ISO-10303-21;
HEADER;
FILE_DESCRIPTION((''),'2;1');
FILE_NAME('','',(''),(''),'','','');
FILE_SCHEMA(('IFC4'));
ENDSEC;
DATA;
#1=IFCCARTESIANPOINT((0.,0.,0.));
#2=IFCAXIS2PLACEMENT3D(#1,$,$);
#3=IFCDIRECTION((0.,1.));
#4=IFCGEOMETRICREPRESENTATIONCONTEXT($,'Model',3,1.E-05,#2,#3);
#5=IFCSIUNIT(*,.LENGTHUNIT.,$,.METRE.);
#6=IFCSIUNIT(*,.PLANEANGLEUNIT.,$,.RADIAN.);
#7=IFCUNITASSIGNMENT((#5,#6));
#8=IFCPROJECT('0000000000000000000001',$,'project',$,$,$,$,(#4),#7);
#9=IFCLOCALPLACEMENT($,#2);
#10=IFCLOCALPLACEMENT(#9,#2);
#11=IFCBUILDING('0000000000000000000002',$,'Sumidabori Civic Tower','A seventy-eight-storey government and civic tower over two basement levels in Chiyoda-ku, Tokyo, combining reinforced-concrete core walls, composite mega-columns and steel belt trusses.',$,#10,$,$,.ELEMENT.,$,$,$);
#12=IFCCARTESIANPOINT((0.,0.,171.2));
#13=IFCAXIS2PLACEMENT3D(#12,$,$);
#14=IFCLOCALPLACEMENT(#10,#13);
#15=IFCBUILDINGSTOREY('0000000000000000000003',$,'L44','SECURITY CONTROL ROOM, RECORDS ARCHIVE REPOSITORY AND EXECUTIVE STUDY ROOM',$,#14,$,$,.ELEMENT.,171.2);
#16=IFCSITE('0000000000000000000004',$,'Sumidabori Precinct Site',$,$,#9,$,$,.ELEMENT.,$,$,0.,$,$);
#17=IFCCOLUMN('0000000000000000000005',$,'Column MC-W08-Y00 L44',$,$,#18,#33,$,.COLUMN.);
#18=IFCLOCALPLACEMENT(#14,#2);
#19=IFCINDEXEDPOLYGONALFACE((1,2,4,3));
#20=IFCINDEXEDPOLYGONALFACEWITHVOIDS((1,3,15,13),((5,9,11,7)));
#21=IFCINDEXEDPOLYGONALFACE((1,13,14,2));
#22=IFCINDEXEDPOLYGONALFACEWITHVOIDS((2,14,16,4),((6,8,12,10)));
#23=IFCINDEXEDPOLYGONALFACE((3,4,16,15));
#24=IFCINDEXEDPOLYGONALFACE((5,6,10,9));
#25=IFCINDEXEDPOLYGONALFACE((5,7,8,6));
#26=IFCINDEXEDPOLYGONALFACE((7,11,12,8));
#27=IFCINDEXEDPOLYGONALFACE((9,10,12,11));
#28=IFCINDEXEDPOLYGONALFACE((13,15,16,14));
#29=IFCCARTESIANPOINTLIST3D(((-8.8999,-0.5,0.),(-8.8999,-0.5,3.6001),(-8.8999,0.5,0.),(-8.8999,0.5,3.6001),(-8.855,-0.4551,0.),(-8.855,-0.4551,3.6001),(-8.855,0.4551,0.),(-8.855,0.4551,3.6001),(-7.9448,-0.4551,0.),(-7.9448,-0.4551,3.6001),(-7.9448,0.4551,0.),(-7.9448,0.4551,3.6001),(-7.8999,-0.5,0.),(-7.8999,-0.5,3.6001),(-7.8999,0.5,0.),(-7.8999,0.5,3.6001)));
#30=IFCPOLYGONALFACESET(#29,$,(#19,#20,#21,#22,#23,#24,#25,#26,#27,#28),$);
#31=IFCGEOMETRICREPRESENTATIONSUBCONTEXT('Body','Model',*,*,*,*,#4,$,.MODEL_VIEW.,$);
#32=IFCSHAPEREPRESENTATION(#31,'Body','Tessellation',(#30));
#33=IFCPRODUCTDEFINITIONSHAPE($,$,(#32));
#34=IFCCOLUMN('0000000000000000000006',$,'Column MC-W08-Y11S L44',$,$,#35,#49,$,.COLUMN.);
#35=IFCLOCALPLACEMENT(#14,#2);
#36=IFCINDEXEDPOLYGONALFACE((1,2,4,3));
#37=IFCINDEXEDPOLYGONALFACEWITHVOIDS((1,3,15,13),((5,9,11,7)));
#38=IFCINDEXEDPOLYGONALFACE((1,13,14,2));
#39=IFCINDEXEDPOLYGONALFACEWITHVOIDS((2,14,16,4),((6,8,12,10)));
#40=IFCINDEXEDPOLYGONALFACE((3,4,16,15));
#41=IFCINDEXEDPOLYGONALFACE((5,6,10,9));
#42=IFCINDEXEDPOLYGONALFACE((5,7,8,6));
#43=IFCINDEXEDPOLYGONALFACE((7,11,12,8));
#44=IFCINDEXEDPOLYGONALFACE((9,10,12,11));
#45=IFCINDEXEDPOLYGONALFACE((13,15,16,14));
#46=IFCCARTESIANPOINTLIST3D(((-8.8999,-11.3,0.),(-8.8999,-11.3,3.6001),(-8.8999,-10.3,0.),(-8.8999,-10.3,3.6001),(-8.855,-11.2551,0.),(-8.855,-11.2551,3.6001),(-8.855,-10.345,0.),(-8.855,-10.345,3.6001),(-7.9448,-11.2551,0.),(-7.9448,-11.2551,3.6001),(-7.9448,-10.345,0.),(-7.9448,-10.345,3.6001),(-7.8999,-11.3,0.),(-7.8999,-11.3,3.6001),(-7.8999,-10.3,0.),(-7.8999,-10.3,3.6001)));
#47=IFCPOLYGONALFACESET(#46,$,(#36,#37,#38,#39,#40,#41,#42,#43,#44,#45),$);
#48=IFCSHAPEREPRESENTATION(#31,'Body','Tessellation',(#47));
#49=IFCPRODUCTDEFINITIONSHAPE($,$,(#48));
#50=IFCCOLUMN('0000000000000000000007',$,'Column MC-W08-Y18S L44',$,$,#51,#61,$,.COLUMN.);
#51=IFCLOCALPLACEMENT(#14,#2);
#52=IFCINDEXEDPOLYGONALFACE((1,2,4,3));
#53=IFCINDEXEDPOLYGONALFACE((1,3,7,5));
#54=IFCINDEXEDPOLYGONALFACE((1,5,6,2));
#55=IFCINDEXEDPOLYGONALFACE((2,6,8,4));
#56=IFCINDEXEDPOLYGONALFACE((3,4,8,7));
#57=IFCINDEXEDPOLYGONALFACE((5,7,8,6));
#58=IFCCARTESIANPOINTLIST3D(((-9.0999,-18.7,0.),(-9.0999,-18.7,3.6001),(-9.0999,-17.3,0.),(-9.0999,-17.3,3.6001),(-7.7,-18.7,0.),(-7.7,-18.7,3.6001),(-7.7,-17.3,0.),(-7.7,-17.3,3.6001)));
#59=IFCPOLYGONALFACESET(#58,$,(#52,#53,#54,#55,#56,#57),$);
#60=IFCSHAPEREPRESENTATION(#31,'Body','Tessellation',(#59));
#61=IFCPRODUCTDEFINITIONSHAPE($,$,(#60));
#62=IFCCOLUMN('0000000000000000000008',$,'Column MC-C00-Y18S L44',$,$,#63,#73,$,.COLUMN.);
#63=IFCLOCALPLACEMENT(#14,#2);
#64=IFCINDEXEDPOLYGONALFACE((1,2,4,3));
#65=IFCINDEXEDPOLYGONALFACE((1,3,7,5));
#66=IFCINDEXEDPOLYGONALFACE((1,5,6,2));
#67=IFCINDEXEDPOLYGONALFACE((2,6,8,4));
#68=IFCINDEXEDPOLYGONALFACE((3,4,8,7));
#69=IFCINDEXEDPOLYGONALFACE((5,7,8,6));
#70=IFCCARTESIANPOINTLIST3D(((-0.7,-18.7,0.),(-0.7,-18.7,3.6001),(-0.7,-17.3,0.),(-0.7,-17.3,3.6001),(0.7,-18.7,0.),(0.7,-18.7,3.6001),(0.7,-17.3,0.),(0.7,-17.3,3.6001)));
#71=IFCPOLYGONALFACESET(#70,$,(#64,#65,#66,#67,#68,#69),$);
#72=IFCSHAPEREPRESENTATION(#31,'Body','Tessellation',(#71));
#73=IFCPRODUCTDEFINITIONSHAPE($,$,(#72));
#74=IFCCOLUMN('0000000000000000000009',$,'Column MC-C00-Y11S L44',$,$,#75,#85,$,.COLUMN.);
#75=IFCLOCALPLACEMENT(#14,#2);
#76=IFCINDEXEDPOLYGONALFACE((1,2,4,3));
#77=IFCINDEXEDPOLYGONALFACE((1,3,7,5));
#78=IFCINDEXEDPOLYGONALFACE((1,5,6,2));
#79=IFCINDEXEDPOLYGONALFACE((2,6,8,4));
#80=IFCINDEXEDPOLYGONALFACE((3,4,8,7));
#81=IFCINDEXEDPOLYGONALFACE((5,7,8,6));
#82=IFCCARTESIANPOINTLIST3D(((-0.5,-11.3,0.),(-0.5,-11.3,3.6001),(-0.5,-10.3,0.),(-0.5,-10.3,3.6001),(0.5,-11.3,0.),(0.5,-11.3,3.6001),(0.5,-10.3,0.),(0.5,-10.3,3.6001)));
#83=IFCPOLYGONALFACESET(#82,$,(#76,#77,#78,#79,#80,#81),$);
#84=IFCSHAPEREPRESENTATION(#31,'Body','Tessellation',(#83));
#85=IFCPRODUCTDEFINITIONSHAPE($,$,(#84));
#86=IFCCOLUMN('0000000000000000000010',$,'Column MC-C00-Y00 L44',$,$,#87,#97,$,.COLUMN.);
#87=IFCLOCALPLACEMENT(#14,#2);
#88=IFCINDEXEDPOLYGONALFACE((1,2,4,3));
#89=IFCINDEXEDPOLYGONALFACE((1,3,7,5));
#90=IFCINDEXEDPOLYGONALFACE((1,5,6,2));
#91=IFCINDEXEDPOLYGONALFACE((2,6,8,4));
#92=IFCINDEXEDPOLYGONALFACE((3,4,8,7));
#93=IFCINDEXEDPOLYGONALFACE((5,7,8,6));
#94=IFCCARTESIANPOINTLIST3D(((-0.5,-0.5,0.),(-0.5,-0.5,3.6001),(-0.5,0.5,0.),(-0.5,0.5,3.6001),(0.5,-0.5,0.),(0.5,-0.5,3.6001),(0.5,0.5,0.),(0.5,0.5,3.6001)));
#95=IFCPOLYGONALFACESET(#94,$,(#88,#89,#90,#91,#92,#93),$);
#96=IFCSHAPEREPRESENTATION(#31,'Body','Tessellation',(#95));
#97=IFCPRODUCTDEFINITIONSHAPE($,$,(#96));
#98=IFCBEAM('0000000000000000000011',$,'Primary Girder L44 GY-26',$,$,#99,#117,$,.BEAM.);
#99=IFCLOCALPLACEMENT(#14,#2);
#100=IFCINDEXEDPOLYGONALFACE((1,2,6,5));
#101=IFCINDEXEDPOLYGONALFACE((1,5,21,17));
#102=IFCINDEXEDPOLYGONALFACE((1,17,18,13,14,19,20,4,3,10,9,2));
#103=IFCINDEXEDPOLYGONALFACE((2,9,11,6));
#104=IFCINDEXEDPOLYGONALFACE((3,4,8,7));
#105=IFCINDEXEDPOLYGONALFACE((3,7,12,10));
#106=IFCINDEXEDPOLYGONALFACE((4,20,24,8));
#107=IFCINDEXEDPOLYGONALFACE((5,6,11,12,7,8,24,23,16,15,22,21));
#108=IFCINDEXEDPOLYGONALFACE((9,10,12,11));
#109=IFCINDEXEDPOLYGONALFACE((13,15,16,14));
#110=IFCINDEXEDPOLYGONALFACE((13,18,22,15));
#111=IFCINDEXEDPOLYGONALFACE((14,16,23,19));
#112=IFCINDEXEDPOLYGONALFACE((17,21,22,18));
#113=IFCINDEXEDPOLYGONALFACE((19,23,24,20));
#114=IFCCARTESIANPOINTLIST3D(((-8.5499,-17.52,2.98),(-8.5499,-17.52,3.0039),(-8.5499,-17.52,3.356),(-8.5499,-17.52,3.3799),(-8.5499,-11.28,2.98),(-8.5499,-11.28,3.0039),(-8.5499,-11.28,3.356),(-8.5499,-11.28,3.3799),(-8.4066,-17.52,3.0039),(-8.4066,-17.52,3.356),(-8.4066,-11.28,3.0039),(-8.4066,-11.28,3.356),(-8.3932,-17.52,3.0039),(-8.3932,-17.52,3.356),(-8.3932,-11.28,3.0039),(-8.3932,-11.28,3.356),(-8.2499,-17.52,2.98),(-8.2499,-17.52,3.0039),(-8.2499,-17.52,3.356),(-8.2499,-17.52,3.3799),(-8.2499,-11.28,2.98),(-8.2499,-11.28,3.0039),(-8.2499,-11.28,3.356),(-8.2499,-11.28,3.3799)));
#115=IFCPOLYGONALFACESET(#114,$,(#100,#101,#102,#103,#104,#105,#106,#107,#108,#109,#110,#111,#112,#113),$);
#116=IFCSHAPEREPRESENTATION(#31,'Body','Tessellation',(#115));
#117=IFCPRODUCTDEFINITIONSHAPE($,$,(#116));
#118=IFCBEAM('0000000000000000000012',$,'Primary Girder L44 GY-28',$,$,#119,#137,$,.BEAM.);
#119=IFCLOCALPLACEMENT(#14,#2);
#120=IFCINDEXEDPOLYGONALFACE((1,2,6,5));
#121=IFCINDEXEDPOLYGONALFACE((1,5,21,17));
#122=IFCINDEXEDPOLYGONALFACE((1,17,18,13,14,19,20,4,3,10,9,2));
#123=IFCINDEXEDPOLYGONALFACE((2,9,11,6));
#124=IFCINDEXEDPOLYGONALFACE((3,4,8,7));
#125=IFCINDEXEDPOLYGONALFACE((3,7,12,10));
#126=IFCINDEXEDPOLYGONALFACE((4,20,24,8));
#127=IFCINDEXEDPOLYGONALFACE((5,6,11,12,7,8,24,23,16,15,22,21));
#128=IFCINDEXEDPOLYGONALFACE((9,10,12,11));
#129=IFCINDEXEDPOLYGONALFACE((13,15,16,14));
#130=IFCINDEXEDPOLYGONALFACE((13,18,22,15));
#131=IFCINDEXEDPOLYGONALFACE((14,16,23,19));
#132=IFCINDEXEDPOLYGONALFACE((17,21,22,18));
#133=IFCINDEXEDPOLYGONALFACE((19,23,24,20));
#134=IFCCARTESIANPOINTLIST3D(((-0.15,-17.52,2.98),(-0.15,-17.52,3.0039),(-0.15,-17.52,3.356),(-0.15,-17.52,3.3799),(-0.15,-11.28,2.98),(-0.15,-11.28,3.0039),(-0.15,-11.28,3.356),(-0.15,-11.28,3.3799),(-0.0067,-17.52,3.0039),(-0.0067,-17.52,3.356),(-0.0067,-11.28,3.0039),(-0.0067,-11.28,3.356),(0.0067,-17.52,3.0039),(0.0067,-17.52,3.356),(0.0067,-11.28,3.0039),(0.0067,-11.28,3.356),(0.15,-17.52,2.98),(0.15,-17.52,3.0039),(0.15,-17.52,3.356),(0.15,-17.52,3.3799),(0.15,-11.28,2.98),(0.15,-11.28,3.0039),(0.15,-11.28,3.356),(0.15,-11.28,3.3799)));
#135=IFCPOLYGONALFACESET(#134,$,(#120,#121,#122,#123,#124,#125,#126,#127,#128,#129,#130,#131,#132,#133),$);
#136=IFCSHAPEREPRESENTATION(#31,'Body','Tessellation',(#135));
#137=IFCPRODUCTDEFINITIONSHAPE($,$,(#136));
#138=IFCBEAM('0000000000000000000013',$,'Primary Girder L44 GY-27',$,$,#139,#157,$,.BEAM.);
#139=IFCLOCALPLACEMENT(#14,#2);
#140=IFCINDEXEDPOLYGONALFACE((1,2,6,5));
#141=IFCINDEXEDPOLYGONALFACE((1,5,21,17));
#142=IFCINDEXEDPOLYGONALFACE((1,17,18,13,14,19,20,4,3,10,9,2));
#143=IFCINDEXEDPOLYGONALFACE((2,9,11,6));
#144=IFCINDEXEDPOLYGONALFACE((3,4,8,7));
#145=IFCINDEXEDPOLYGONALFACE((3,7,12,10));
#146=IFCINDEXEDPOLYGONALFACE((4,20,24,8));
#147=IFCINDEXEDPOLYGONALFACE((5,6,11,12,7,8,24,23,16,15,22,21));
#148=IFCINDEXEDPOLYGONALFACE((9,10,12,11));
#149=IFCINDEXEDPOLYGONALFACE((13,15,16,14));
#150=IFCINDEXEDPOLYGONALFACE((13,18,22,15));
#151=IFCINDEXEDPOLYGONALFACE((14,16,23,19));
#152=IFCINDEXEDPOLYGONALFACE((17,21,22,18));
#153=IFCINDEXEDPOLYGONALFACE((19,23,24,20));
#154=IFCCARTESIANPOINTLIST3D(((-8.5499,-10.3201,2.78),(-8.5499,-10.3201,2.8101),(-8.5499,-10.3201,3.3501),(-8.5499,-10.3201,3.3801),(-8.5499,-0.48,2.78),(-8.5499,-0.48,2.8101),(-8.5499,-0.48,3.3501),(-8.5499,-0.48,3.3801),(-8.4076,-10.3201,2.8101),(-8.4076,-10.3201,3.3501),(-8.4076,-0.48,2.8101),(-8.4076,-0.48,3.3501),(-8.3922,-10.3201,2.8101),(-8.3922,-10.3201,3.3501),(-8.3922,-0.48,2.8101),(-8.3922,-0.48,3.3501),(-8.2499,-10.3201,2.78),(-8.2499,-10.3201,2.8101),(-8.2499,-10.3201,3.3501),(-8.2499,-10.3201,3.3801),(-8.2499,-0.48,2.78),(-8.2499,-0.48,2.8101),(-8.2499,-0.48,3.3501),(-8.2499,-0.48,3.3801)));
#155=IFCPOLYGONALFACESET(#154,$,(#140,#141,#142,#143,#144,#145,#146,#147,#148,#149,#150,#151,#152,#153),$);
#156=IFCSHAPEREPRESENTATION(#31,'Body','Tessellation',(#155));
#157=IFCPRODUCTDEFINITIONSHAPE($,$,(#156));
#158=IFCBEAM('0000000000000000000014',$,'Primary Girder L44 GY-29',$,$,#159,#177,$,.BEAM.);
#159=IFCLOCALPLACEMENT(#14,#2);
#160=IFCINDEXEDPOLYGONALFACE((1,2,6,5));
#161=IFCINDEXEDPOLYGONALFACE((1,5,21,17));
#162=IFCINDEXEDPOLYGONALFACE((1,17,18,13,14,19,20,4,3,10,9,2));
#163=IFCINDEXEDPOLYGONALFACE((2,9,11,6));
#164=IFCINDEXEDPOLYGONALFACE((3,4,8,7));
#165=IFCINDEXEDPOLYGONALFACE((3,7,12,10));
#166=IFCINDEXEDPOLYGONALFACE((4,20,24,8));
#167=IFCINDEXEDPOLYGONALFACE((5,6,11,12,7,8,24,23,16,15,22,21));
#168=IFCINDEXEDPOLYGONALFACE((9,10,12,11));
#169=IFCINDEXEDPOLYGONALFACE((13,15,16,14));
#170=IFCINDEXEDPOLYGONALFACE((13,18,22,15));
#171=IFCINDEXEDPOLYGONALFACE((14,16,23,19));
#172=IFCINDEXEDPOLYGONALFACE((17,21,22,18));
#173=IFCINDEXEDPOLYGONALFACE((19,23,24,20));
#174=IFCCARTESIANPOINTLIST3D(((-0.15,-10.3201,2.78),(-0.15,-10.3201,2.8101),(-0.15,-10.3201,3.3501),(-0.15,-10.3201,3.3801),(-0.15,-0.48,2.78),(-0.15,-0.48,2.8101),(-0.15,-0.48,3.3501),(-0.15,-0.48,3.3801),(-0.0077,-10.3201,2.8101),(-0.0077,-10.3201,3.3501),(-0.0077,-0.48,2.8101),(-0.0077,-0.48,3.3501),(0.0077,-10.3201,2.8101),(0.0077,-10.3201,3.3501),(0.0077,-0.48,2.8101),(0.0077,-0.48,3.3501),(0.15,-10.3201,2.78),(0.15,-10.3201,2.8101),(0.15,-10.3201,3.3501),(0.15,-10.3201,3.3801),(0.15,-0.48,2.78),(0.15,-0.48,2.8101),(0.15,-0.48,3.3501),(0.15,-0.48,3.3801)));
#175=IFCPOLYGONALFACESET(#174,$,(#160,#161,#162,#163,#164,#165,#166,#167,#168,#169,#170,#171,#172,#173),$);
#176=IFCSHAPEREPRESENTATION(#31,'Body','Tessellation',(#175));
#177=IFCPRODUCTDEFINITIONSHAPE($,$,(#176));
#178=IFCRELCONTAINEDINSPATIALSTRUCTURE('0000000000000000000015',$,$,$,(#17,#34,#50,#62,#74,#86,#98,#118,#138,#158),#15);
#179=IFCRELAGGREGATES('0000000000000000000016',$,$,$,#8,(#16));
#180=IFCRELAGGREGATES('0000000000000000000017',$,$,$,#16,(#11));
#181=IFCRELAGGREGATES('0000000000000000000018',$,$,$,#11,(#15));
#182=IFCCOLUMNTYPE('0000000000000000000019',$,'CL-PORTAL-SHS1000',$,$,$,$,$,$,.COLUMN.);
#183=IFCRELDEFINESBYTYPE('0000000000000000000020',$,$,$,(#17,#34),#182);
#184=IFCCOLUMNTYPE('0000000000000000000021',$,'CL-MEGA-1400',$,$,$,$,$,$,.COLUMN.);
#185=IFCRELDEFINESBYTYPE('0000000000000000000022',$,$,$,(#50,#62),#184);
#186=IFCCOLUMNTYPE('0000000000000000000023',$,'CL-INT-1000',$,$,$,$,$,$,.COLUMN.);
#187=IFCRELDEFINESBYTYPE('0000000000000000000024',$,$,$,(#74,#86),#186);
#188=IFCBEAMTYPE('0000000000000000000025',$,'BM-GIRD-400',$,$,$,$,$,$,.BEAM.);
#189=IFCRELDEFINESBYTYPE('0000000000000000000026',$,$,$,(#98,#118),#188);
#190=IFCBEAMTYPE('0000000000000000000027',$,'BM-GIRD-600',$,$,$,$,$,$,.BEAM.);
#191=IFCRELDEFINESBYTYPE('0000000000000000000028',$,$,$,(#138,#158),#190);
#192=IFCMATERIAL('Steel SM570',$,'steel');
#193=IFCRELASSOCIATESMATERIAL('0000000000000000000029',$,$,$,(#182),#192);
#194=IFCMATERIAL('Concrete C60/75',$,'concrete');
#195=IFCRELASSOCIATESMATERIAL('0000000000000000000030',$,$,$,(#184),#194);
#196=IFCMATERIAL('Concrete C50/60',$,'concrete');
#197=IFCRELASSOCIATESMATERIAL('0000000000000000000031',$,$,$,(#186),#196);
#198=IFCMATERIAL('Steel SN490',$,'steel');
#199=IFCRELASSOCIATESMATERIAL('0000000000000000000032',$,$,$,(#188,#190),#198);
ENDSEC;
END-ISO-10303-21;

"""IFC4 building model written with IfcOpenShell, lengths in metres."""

from ifc_helpers import new_model, si_unit, direction, frame, origin, origin_2d, place, context, subcontext, project, spatial, rectangle, hollow_rectangle, i_section, extrude, source, transform, mapped, material, material_profile, profile_set, type_object, element, save


model = new_model("IFC4")

# Units and contexts
model_context = context("Model", 3, precision=1e-05, world=origin(), true_north=direction((0.0, 1.0)))
body_context = subcontext(model_context, "Body", "Model", "MODEL_VIEW")
ifc_project = project(units=[si_unit("LENGTHUNIT", "METRE"), si_unit("PLANEANGLEUNIT", "RADIAN")], contexts=[model_context])

# Site, building, storey
site_placement = place(None, origin())
site = spatial("IfcSite", under=ifc_project, at=site_placement, Name="Sumidabori Precinct Site", CompositionType="ELEMENT", RefElevation=0.0)
building_placement = place(site_placement, origin())
building = spatial("IfcBuilding", under=site, at=building_placement, Name="Sumidabori Civic Tower", Description="A seventy-eight-storey government and civic tower over two basement levels in Chiyoda-ku, Tokyo, combining reinforced-concrete core walls, composite mega-columns and steel belt trusses.", CompositionType="ELEMENT")
storey_placement = place(building_placement, frame((0.0, 0.0, 171.2)))
storey = spatial("IfcBuildingStorey", under=building, at=storey_placement, Name="L44", Description="SECURITY CONTROL ROOM, RECORDS ARCHIVE REPOSITORY AND EXECUTIVE STUDY ROOM", CompositionType="ELEMENT", Elevation=171.2)

# Columns
ifc_material_1 = material(Name="Steel SM570", Category="steel")
ifc_material_profile_1 = material_profile(ifc_material_1, hollow_rectangle(XDim=1.0, YDim=1.0, WallThickness=0.0449, at=origin_2d()), Name="SHS 1000x1000x45")
ifc_profile_set_1 = profile_set([ifc_material_profile_1], Name="Steel SM570")
column_type_1 = type_object("IfcColumnType", Name="CL-PORTAL-SHS1000", PredefinedType="COLUMN", material=ifc_profile_set_1)
shared_shape_1 = source(origin(), body_context, "Body", "SweptSolid", [
    extrude(hollow_rectangle(XDim=1.0, YDim=1.0, WallThickness=0.0449, at=origin_2d()), origin(), (0.0, 0.0, 1.0), 3.6001),
])
for number, where, z_axis, x_axis, name in (
    (1, (-8.3999, 0.0, 0.0), (0.0, 0.0, 1.0), (1.0, 0.0, 0.0), "Column MC-W08-Y00 L44"),
    (2, (-8.3999, -10.8, 0.0), (0.0, 0.0, 1.0), (1.0, 0.0, 0.0), "Column MC-W08-Y11S L44"),
):
    element("IfcColumn", number, at=place(storey_placement, frame(where, z_axis=z_axis, x_axis=x_axis)), inside=storey, type_object=column_type_1, Name=name, PredefinedType="COLUMN", context=body_context, shape_type="MappedRepresentation", body=[
        mapped(shared_shape_1, transform((0.0, 0.0, 0.0), x_axis=(1.0, 0.0, 0.0), y_axis=(0.0, 1.0, 0.0), z_axis=(0.0, 0.0, 1.0), scale=1.0)),
    ])
ifc_material_2 = material(Name="Concrete C60/75", Category="concrete")
ifc_material_profile_2 = material_profile(ifc_material_2, rectangle(XDim=1.3999, YDim=1.3999, at=origin_2d()), Name="RC 1400x1400")
ifc_profile_set_2 = profile_set([ifc_material_profile_2], Name="Concrete C60/75")
column_type_2 = type_object("IfcColumnType", Name="CL-MEGA-1400", PredefinedType="COLUMN", material=ifc_profile_set_2)
shared_shape_2 = source(origin(), body_context, "Body", "SweptSolid", [
    extrude(rectangle(XDim=1.3999, YDim=1.3999, at=origin_2d()), origin(), (0.0, 0.0, 1.0), 3.6001),
])
for number, where, z_axis, x_axis, name in (
    (3, (-8.3999, -18.0, 0.0), (0.0, 0.0, 1.0), (1.0, 0.0, 0.0), "Column MC-W08-Y18S L44"),
    (4, (0.0, -18.0, 0.0), (0.0, 0.0, 1.0), (1.0, 0.0, 0.0), "Column MC-C00-Y18S L44"),
):
    element("IfcColumn", number, at=place(storey_placement, frame(where, z_axis=z_axis, x_axis=x_axis)), inside=storey, type_object=column_type_2, Name=name, PredefinedType="COLUMN", context=body_context, shape_type="MappedRepresentation", body=[
        mapped(shared_shape_2, transform((0.0, 0.0, 0.0), x_axis=(1.0, 0.0, 0.0), y_axis=(0.0, 1.0, 0.0), z_axis=(0.0, 0.0, 1.0), scale=1.0)),
    ])
ifc_material_3 = material(Name="Concrete C50/60", Category="concrete")
ifc_material_profile_3 = material_profile(ifc_material_3, rectangle(XDim=1.0, YDim=1.0, at=origin_2d()), Name="RC 1000x1000")
ifc_profile_set_3 = profile_set([ifc_material_profile_3], Name="Concrete C50/60")
column_type_3 = type_object("IfcColumnType", Name="CL-INT-1000", PredefinedType="COLUMN", material=ifc_profile_set_3)
shared_shape_3 = source(origin(), body_context, "Body", "SweptSolid", [
    extrude(rectangle(XDim=1.0, YDim=1.0, at=origin_2d()), origin(), (0.0, 0.0, 1.0), 3.6001),
])
for number, where, z_axis, x_axis, name in (
    (5, (0.0, -10.8, 0.0), (0.0, 0.0, 1.0), (1.0, 0.0, 0.0), "Column MC-C00-Y11S L44"),
    (6, (0.0, 0.0, 0.0), (0.0, 0.0, 1.0), (1.0, 0.0, 0.0), "Column MC-C00-Y00 L44"),
):
    element("IfcColumn", number, at=place(storey_placement, frame(where, z_axis=z_axis, x_axis=x_axis)), inside=storey, type_object=column_type_3, Name=name, PredefinedType="COLUMN", context=body_context, shape_type="MappedRepresentation", body=[
        mapped(shared_shape_3, transform((0.0, 0.0, 0.0), x_axis=(1.0, 0.0, 0.0), y_axis=(0.0, 1.0, 0.0), z_axis=(0.0, 0.0, 1.0), scale=1.0)),
    ])

# Beams
ifc_material_4 = material(Name="Steel SN490", Category="steel")
ifc_material_profile_4 = material_profile(ifc_material_4, i_section(OverallWidth=0.3, OverallDepth=0.3999, WebThickness=0.0134, FlangeThickness=0.0239, at=origin_2d()), Name="HE 400 B")
ifc_profile_set_4 = profile_set([ifc_material_profile_4], Name="Steel SN490")
beam_type_1 = type_object("IfcBeamType", Name="BM-GIRD-400", PredefinedType="BEAM", material=ifc_profile_set_4)
shared_shape_4 = source(origin(), body_context, "Body", "SweptSolid", [
    extrude(i_section(OverallWidth=0.3, OverallDepth=0.3999, WebThickness=0.0134, FlangeThickness=0.0239, at=origin_2d()), origin(), (0.0, 0.0, 1.0), 6.24),
])
for number, where, z_axis, x_axis, name in (
    (7, (-8.3999, -17.52, 3.1799), (0.0, 1.0, 0.0), (-1.0, 0.0, 0.0), "Primary Girder L44 GY-26"),
    (8, (0.0, -17.52, 3.1799), (0.0, 1.0, 0.0), (-1.0, 0.0, 0.0), "Primary Girder L44 GY-28"),
):
    element("IfcBeam", number, at=place(storey_placement, frame(where, z_axis=z_axis, x_axis=x_axis)), inside=storey, type_object=beam_type_1, Name=name, PredefinedType="BEAM", context=body_context, shape_type="MappedRepresentation", body=[
        mapped(shared_shape_4, transform((0.0, 0.0, 0.0), x_axis=(1.0, 0.0, 0.0), y_axis=(0.0, 1.0, 0.0), z_axis=(0.0, 0.0, 1.0), scale=1.0)),
    ])
ifc_material_profile_5 = material_profile(ifc_material_4, i_section(OverallWidth=0.3, OverallDepth=0.6001, WebThickness=0.0154, FlangeThickness=0.03, at=origin_2d()), Name="HE 600 B")
ifc_profile_set_5 = profile_set([ifc_material_profile_5], Name="Steel SN490")
beam_type_2 = type_object("IfcBeamType", Name="BM-GIRD-600", PredefinedType="BEAM", material=ifc_profile_set_5)
shared_shape_5 = source(origin(), body_context, "Body", "SweptSolid", [
    extrude(i_section(OverallWidth=0.3, OverallDepth=0.6001, WebThickness=0.0154, FlangeThickness=0.03, at=origin_2d()), origin(), (0.0, 0.0, 1.0), 9.8401),
])
for number, where, z_axis, x_axis, name in (
    (9, (-8.3999, -10.3201, 3.0801), (0.0, 1.0, 0.0), (-1.0, 0.0, 0.0), "Primary Girder L44 GY-27"),
    (10, (0.0, -10.3201, 3.0801), (0.0, 1.0, 0.0), (-1.0, 0.0, 0.0), "Primary Girder L44 GY-29"),
):
    element("IfcBeam", number, at=place(storey_placement, frame(where, z_axis=z_axis, x_axis=x_axis)), inside=storey, type_object=beam_type_2, Name=name, PredefinedType="BEAM", context=body_context, shape_type="MappedRepresentation", body=[
        mapped(shared_shape_5, transform((0.0, 0.0, 0.0), x_axis=(1.0, 0.0, 0.0), y_axis=(0.0, 1.0, 0.0), z_axis=(0.0, 0.0, 1.0), scale=1.0)),
    ])

save(model, "model.ifc")
